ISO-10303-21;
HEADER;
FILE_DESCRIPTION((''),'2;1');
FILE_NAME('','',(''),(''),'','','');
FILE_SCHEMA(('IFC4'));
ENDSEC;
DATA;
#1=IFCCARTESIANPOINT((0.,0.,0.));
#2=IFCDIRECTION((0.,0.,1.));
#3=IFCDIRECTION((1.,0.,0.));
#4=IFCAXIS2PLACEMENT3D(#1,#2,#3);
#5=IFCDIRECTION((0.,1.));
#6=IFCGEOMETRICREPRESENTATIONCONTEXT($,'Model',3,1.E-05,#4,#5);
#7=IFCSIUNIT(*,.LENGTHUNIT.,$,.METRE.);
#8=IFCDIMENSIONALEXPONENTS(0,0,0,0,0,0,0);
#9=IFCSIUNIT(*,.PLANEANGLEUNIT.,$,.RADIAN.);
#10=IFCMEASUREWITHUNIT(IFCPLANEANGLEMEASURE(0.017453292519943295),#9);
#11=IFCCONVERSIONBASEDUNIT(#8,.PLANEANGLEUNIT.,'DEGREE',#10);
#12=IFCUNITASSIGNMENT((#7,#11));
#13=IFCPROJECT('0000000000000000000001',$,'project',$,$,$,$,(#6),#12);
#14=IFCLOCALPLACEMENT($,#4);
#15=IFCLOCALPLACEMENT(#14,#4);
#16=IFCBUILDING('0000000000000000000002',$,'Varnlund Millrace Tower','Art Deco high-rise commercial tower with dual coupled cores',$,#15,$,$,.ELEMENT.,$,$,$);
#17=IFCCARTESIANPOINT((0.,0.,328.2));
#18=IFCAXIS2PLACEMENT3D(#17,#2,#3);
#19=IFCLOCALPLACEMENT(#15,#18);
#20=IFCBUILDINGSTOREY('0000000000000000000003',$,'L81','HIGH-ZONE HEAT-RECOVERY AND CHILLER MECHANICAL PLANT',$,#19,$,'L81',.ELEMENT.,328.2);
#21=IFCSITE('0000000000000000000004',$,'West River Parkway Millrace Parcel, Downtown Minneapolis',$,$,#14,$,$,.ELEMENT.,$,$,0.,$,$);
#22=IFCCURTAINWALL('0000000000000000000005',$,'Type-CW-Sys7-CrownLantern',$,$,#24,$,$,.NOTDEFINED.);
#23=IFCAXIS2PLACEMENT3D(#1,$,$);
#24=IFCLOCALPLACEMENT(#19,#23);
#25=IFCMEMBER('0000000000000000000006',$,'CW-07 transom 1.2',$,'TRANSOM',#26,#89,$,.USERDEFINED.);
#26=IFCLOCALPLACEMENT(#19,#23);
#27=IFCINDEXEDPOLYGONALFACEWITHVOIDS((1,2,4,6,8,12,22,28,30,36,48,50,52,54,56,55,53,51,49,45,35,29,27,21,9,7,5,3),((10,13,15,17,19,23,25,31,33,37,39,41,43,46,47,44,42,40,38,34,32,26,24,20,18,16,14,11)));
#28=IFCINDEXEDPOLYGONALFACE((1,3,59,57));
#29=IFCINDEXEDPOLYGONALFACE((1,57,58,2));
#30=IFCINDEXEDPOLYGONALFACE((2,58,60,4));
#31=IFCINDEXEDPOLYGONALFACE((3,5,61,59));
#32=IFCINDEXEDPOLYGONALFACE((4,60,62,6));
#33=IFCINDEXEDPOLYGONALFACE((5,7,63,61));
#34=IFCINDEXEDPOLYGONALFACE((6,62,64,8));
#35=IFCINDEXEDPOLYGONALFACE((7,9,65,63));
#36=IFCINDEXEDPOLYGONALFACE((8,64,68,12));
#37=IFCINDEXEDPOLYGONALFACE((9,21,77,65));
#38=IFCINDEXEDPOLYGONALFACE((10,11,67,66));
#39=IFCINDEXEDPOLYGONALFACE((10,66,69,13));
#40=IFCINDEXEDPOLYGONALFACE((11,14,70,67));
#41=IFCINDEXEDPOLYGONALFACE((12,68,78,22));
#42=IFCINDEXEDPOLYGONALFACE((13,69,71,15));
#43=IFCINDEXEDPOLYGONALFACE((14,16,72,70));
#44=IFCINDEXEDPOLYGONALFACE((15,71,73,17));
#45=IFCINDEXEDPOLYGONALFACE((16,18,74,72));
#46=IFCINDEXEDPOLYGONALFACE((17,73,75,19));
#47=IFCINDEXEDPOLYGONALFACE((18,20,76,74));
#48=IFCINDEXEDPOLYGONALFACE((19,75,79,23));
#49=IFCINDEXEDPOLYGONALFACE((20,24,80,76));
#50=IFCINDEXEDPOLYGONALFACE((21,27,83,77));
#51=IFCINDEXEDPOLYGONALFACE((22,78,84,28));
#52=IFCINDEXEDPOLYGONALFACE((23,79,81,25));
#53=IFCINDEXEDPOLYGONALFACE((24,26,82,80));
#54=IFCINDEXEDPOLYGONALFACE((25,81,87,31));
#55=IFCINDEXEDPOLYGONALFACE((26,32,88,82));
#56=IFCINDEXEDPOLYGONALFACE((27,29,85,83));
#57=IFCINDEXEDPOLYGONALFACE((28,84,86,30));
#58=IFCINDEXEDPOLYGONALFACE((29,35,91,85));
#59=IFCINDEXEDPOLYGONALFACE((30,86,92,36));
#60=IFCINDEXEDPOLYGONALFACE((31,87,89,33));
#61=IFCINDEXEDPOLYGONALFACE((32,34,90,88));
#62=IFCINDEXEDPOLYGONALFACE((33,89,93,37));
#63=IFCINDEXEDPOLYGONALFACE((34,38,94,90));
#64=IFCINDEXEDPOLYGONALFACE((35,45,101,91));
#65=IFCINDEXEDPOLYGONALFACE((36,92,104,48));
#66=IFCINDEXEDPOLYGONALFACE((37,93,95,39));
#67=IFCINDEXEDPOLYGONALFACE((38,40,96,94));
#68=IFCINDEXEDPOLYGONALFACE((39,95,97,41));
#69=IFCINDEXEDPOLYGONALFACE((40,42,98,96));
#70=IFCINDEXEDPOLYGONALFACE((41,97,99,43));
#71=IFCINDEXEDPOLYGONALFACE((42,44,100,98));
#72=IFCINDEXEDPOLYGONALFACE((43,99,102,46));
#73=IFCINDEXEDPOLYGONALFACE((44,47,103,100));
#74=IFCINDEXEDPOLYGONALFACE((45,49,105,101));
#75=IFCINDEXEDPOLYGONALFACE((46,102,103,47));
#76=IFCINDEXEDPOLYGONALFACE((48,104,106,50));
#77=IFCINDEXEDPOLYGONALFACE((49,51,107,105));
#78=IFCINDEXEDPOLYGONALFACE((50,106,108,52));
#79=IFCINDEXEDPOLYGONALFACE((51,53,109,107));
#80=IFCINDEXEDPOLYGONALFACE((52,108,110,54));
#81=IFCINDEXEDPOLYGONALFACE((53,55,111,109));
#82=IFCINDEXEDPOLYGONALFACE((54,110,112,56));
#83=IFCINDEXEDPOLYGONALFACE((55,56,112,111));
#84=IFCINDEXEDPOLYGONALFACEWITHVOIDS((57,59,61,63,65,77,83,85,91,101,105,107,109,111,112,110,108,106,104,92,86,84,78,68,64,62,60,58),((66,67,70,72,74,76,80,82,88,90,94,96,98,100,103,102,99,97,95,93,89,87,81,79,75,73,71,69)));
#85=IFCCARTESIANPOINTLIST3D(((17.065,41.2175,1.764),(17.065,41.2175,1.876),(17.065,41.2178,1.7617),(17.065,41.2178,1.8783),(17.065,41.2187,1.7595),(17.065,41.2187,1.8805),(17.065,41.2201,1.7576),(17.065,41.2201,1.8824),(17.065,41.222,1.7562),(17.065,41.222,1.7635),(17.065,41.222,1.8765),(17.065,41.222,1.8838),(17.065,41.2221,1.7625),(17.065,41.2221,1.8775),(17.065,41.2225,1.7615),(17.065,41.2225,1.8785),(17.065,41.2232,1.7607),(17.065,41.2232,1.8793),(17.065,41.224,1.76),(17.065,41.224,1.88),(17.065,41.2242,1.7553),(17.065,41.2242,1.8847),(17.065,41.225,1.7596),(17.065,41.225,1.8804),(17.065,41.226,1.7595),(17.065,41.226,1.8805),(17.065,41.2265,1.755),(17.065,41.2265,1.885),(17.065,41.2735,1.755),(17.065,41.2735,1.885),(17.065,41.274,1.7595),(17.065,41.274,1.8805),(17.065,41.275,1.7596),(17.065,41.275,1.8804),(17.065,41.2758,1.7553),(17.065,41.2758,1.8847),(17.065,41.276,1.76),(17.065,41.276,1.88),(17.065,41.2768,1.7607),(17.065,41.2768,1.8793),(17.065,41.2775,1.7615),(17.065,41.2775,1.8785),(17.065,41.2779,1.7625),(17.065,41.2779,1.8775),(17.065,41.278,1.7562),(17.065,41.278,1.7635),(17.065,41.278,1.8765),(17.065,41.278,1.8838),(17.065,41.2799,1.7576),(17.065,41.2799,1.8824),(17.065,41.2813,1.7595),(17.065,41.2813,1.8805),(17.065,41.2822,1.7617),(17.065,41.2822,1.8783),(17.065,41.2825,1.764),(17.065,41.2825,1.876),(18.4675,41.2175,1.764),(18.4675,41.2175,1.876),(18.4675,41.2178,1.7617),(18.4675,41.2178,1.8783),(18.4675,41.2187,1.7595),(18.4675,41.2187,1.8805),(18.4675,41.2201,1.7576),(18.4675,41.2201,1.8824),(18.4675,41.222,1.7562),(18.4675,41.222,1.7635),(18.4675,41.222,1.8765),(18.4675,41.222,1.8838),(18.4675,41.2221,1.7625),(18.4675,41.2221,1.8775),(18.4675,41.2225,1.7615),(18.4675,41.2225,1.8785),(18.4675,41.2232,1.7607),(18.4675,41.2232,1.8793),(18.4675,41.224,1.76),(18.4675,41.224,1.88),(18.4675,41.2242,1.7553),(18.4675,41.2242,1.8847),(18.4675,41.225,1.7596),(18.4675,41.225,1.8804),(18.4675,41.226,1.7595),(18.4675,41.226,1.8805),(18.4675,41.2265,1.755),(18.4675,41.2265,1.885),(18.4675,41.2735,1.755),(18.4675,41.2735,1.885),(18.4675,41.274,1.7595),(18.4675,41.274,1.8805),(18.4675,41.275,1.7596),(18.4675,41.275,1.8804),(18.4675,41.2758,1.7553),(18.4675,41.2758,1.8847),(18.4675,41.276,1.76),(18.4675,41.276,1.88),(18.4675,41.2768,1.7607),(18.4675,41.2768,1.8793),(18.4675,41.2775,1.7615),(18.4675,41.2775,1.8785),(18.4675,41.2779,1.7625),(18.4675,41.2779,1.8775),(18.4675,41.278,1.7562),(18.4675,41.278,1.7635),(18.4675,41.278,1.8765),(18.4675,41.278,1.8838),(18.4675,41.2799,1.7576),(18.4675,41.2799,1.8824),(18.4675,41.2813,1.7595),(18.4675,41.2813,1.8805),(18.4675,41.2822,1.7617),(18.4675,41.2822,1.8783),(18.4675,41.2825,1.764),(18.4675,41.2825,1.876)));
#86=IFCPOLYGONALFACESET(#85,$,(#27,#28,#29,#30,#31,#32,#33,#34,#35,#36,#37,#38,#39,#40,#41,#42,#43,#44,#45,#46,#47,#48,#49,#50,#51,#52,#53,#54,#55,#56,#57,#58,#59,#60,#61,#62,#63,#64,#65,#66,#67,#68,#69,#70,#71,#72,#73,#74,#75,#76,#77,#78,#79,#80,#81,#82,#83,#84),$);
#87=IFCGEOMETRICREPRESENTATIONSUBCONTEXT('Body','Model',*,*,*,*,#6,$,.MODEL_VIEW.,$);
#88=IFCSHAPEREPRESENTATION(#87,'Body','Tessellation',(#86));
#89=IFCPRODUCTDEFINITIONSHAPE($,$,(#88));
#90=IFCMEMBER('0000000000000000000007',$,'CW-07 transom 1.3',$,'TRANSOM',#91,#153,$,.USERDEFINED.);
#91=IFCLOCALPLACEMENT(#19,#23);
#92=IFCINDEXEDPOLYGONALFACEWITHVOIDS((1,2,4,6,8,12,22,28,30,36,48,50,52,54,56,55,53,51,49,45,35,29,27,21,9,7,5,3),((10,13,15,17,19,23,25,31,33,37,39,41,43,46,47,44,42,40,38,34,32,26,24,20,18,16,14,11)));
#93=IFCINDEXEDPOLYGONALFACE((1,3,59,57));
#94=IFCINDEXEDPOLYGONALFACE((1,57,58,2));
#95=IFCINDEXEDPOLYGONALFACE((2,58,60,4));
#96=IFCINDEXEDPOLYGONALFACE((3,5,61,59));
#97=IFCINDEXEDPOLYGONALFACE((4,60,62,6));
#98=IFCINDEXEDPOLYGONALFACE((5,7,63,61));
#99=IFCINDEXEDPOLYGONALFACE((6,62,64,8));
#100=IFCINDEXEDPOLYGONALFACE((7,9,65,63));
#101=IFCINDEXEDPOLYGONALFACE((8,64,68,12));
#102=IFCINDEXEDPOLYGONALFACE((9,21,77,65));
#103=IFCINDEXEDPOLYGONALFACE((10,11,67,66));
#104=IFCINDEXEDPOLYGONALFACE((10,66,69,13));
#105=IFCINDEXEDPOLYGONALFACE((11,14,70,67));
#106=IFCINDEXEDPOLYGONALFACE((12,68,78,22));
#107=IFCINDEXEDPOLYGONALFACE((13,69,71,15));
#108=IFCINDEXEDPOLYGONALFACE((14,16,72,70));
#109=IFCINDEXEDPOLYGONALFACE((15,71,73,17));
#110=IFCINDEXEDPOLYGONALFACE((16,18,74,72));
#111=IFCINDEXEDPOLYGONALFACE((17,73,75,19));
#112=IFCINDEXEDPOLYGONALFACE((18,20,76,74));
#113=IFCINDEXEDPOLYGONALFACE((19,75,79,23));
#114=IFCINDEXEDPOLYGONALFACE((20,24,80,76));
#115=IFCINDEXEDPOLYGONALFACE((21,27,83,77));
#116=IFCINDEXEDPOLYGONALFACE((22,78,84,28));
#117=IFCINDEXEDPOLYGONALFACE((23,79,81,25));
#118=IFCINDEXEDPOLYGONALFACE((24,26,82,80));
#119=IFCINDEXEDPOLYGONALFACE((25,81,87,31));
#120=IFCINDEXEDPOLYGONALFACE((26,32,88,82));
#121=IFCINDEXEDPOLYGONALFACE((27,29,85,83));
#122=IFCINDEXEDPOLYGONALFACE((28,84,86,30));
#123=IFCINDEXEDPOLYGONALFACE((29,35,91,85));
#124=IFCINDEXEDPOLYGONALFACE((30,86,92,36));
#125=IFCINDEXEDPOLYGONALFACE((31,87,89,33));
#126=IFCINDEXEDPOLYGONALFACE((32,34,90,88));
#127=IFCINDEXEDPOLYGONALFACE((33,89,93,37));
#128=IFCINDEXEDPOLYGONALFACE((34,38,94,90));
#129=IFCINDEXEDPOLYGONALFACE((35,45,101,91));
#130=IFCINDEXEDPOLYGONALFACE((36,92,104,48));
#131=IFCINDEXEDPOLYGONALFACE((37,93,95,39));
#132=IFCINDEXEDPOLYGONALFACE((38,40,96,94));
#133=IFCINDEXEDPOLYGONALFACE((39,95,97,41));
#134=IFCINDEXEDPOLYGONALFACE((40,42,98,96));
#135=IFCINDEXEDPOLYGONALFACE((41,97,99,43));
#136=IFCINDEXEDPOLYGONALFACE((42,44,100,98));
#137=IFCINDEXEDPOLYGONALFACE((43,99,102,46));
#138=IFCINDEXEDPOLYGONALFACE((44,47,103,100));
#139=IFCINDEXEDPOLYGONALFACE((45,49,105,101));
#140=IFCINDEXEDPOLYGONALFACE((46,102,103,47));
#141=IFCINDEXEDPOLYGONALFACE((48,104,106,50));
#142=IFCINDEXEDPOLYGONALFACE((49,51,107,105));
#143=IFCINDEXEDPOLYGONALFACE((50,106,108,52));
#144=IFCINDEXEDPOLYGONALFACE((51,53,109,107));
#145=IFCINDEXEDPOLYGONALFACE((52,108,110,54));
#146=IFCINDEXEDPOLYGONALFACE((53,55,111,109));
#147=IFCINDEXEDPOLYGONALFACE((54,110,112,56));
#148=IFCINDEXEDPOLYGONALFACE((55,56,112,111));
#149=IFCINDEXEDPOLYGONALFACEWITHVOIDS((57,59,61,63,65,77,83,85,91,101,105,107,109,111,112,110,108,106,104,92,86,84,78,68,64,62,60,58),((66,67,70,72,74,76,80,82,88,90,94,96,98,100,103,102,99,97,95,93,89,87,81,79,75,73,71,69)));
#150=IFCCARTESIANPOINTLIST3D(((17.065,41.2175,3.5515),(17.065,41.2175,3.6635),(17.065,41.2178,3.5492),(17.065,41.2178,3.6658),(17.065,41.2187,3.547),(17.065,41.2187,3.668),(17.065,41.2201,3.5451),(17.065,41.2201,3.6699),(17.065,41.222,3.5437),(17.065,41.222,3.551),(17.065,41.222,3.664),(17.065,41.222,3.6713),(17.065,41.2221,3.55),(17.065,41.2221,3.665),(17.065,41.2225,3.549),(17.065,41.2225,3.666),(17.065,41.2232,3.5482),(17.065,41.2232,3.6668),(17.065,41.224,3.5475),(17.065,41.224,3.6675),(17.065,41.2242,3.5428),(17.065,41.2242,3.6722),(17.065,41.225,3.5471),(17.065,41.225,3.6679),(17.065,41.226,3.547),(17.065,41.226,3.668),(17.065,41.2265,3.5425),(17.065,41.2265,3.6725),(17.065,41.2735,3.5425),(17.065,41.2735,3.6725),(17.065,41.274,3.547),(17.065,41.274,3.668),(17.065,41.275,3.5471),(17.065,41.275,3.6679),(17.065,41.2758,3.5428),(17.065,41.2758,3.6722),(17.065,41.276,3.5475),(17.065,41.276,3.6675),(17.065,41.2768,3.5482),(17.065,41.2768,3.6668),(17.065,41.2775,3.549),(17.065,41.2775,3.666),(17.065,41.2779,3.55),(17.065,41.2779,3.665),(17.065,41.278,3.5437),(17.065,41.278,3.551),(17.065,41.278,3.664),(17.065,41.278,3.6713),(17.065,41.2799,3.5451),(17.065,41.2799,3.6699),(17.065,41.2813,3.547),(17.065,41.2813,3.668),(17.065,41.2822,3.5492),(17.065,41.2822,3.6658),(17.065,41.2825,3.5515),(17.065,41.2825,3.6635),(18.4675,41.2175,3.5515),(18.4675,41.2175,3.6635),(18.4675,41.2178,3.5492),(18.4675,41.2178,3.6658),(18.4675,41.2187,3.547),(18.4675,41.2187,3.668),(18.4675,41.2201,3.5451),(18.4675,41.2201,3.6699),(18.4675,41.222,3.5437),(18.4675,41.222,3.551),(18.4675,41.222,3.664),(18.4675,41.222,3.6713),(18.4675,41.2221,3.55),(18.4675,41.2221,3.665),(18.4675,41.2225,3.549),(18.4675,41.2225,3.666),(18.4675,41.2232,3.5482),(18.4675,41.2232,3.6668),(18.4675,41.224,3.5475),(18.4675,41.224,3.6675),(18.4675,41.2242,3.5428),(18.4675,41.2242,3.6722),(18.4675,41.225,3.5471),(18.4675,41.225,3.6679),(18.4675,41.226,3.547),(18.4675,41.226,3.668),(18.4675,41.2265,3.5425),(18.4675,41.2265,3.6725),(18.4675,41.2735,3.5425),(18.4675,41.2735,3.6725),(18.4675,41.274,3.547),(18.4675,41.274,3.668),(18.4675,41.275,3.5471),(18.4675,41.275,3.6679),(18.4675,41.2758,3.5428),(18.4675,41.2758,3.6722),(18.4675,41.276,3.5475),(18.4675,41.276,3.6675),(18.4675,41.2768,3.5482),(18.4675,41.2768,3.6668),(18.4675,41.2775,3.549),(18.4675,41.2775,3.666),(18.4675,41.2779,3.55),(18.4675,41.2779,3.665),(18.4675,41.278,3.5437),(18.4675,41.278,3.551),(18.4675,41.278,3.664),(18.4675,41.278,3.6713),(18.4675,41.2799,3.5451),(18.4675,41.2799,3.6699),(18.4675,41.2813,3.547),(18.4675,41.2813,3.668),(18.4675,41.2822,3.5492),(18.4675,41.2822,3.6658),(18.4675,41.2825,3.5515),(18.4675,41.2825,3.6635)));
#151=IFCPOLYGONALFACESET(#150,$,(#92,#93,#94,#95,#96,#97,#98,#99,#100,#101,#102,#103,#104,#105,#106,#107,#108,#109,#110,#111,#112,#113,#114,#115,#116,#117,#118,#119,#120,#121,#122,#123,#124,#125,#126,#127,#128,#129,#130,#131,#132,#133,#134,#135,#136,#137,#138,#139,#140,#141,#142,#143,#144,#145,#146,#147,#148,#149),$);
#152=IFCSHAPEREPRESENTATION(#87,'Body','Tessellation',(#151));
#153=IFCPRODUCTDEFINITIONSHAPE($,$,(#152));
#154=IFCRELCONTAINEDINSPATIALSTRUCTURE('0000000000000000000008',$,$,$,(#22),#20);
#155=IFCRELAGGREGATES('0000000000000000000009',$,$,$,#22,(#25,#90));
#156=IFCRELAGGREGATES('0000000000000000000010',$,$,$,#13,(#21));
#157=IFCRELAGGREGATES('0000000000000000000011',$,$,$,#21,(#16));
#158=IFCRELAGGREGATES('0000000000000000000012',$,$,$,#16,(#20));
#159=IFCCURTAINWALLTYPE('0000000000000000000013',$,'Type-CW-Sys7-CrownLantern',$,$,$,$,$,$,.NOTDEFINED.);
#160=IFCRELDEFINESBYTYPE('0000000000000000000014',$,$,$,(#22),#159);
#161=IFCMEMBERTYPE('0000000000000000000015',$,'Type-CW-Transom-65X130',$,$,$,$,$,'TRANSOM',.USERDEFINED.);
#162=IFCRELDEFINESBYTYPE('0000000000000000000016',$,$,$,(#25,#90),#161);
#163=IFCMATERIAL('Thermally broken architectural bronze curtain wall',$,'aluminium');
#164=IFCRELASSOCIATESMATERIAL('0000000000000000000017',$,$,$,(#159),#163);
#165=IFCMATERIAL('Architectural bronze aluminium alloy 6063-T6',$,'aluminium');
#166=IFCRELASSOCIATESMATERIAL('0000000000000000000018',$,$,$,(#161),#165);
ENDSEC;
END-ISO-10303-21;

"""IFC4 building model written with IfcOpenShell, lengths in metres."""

from ifc_helpers import new_model, entity, si_unit, converted_unit, direction, frame, origin_with_axes, origin_2d_with_axis, place, context, subcontext, project, spatial, hollow_rectangle, extrude, material, material_profile, profile_set, type_object, element, aggregate, save


model = new_model("IFC4")

# Units and contexts
model_context = context("Model", 3, precision=1e-05, world=origin_with_axes(), true_north=direction((0.0, 1.0)))
body_context = subcontext(model_context, "Body", "Model", "MODEL_VIEW")
ifc_project = project(units=[si_unit("LENGTHUNIT", "METRE"), converted_unit("PLANEANGLEUNIT", "DEGREE", entity("IfcPlaneAngleMeasure", 0.017453292519943295), si_unit("PLANEANGLEUNIT", "RADIAN"), dimensions=[0, 0, 0, 0, 0, 0, 0])], contexts=[model_context])

# Site, building, storey
site_placement = place(None, origin_with_axes())
site = spatial("IfcSite", under=ifc_project, at=site_placement, Name="West River Parkway Millrace Parcel, Downtown Minneapolis", CompositionType="ELEMENT", RefElevation=0.0)
building_placement = place(site_placement, origin_with_axes())
building = spatial("IfcBuilding", under=site, at=building_placement, Name="Varnlund Millrace Tower", Description="Art Deco high-rise commercial tower with dual coupled cores", CompositionType="ELEMENT")
storey_placement = place(building_placement, frame((0.0, 0.0, 328.2), z_axis=(0.0, 0.0, 1.0), x_axis=(1.0, 0.0, 0.0)))
storey = spatial("IfcBuildingStorey", under=building, at=storey_placement, Name="L81", Description="HIGH-ZONE HEAT-RECOVERY AND CHILLER MECHANICAL PLANT", LongName="L81", CompositionType="ELEMENT", Elevation=328.2)

# Curtain wall, members
ifc_material_1 = material(Name="Thermally broken architectural bronze curtain wall", Category="aluminium")
curtain_wall_type = type_object("IfcCurtainWallType", Name="Type-CW-Sys7-CrownLantern", PredefinedType="NOTDEFINED", material=ifc_material_1)
ifc_material_2 = material(Name="Architectural bronze aluminium alloy 6063-T6", Category="aluminium")
ifc_material_profile_1 = material_profile(ifc_material_2, hollow_rectangle(XDim=0.065, YDim=0.13, WallThickness=0.0045, InnerFilletRadius=0.004, OuterFilletRadius=0.009, at=origin_2d_with_axis()), Name="Architectural bronze aluminium alloy 6063-T6")
ifc_profile_set_1 = profile_set([ifc_material_profile_1], Name="Architectural bronze aluminium alloy 6063-T6")
member_type = type_object("IfcMemberType", Name="Type-CW-Transom-65X130", ElementType="TRANSOM", PredefinedType="USERDEFINED", material=ifc_profile_set_1)
curtain_wall_1_placement = place(storey_placement, frame((17.0, 41.25, 0.0), z_axis=(0.0, 0.0, 1.0), x_axis=(1.0, 0.0, 0.0)))
curtain_wall_1 = element("IfcCurtainWall", 1, at=curtain_wall_1_placement, inside=storey, type_object=curtain_wall_type, Name="Type-CW-Sys7-CrownLantern", PredefinedType="NOTDEFINED")
member_1_placement = place(storey_placement, frame((17.065, 41.25, 1.82), z_axis=(1.0, 0.0, 0.0), x_axis=(0.0, 1.0, 0.0)))
member_1 = element("IfcMember", 2, at=member_1_placement, type_object=member_type, Name="CW-07 transom 1.2", ObjectType="TRANSOM", PredefinedType="USERDEFINED", context=body_context, shape_type="SweptSolid", body=[
    extrude(hollow_rectangle(XDim=0.065, YDim=0.13, WallThickness=0.0045, InnerFilletRadius=0.004, OuterFilletRadius=0.009, at=origin_2d_with_axis()), origin_with_axes(), (0.0, 0.0, 1.0), 1.4025),
])
member_2_placement = place(storey_placement, frame((17.065, 41.25, 3.6075), z_axis=(1.0, 0.0, 0.0), x_axis=(0.0, 1.0, 0.0)))
member_2 = element("IfcMember", 3, at=member_2_placement, type_object=member_type, Name="CW-07 transom 1.3", ObjectType="TRANSOM", PredefinedType="USERDEFINED", context=body_context, shape_type="SweptSolid", body=[
    extrude(hollow_rectangle(XDim=0.065, YDim=0.13, WallThickness=0.0045, InnerFilletRadius=0.004, OuterFilletRadius=0.009, at=origin_2d_with_axis()), origin_with_axes(), (0.0, 0.0, 1.0), 1.4025),
])

aggregate(curtain_wall_1, [member_1, member_2])

save(model, "model.ifc")
